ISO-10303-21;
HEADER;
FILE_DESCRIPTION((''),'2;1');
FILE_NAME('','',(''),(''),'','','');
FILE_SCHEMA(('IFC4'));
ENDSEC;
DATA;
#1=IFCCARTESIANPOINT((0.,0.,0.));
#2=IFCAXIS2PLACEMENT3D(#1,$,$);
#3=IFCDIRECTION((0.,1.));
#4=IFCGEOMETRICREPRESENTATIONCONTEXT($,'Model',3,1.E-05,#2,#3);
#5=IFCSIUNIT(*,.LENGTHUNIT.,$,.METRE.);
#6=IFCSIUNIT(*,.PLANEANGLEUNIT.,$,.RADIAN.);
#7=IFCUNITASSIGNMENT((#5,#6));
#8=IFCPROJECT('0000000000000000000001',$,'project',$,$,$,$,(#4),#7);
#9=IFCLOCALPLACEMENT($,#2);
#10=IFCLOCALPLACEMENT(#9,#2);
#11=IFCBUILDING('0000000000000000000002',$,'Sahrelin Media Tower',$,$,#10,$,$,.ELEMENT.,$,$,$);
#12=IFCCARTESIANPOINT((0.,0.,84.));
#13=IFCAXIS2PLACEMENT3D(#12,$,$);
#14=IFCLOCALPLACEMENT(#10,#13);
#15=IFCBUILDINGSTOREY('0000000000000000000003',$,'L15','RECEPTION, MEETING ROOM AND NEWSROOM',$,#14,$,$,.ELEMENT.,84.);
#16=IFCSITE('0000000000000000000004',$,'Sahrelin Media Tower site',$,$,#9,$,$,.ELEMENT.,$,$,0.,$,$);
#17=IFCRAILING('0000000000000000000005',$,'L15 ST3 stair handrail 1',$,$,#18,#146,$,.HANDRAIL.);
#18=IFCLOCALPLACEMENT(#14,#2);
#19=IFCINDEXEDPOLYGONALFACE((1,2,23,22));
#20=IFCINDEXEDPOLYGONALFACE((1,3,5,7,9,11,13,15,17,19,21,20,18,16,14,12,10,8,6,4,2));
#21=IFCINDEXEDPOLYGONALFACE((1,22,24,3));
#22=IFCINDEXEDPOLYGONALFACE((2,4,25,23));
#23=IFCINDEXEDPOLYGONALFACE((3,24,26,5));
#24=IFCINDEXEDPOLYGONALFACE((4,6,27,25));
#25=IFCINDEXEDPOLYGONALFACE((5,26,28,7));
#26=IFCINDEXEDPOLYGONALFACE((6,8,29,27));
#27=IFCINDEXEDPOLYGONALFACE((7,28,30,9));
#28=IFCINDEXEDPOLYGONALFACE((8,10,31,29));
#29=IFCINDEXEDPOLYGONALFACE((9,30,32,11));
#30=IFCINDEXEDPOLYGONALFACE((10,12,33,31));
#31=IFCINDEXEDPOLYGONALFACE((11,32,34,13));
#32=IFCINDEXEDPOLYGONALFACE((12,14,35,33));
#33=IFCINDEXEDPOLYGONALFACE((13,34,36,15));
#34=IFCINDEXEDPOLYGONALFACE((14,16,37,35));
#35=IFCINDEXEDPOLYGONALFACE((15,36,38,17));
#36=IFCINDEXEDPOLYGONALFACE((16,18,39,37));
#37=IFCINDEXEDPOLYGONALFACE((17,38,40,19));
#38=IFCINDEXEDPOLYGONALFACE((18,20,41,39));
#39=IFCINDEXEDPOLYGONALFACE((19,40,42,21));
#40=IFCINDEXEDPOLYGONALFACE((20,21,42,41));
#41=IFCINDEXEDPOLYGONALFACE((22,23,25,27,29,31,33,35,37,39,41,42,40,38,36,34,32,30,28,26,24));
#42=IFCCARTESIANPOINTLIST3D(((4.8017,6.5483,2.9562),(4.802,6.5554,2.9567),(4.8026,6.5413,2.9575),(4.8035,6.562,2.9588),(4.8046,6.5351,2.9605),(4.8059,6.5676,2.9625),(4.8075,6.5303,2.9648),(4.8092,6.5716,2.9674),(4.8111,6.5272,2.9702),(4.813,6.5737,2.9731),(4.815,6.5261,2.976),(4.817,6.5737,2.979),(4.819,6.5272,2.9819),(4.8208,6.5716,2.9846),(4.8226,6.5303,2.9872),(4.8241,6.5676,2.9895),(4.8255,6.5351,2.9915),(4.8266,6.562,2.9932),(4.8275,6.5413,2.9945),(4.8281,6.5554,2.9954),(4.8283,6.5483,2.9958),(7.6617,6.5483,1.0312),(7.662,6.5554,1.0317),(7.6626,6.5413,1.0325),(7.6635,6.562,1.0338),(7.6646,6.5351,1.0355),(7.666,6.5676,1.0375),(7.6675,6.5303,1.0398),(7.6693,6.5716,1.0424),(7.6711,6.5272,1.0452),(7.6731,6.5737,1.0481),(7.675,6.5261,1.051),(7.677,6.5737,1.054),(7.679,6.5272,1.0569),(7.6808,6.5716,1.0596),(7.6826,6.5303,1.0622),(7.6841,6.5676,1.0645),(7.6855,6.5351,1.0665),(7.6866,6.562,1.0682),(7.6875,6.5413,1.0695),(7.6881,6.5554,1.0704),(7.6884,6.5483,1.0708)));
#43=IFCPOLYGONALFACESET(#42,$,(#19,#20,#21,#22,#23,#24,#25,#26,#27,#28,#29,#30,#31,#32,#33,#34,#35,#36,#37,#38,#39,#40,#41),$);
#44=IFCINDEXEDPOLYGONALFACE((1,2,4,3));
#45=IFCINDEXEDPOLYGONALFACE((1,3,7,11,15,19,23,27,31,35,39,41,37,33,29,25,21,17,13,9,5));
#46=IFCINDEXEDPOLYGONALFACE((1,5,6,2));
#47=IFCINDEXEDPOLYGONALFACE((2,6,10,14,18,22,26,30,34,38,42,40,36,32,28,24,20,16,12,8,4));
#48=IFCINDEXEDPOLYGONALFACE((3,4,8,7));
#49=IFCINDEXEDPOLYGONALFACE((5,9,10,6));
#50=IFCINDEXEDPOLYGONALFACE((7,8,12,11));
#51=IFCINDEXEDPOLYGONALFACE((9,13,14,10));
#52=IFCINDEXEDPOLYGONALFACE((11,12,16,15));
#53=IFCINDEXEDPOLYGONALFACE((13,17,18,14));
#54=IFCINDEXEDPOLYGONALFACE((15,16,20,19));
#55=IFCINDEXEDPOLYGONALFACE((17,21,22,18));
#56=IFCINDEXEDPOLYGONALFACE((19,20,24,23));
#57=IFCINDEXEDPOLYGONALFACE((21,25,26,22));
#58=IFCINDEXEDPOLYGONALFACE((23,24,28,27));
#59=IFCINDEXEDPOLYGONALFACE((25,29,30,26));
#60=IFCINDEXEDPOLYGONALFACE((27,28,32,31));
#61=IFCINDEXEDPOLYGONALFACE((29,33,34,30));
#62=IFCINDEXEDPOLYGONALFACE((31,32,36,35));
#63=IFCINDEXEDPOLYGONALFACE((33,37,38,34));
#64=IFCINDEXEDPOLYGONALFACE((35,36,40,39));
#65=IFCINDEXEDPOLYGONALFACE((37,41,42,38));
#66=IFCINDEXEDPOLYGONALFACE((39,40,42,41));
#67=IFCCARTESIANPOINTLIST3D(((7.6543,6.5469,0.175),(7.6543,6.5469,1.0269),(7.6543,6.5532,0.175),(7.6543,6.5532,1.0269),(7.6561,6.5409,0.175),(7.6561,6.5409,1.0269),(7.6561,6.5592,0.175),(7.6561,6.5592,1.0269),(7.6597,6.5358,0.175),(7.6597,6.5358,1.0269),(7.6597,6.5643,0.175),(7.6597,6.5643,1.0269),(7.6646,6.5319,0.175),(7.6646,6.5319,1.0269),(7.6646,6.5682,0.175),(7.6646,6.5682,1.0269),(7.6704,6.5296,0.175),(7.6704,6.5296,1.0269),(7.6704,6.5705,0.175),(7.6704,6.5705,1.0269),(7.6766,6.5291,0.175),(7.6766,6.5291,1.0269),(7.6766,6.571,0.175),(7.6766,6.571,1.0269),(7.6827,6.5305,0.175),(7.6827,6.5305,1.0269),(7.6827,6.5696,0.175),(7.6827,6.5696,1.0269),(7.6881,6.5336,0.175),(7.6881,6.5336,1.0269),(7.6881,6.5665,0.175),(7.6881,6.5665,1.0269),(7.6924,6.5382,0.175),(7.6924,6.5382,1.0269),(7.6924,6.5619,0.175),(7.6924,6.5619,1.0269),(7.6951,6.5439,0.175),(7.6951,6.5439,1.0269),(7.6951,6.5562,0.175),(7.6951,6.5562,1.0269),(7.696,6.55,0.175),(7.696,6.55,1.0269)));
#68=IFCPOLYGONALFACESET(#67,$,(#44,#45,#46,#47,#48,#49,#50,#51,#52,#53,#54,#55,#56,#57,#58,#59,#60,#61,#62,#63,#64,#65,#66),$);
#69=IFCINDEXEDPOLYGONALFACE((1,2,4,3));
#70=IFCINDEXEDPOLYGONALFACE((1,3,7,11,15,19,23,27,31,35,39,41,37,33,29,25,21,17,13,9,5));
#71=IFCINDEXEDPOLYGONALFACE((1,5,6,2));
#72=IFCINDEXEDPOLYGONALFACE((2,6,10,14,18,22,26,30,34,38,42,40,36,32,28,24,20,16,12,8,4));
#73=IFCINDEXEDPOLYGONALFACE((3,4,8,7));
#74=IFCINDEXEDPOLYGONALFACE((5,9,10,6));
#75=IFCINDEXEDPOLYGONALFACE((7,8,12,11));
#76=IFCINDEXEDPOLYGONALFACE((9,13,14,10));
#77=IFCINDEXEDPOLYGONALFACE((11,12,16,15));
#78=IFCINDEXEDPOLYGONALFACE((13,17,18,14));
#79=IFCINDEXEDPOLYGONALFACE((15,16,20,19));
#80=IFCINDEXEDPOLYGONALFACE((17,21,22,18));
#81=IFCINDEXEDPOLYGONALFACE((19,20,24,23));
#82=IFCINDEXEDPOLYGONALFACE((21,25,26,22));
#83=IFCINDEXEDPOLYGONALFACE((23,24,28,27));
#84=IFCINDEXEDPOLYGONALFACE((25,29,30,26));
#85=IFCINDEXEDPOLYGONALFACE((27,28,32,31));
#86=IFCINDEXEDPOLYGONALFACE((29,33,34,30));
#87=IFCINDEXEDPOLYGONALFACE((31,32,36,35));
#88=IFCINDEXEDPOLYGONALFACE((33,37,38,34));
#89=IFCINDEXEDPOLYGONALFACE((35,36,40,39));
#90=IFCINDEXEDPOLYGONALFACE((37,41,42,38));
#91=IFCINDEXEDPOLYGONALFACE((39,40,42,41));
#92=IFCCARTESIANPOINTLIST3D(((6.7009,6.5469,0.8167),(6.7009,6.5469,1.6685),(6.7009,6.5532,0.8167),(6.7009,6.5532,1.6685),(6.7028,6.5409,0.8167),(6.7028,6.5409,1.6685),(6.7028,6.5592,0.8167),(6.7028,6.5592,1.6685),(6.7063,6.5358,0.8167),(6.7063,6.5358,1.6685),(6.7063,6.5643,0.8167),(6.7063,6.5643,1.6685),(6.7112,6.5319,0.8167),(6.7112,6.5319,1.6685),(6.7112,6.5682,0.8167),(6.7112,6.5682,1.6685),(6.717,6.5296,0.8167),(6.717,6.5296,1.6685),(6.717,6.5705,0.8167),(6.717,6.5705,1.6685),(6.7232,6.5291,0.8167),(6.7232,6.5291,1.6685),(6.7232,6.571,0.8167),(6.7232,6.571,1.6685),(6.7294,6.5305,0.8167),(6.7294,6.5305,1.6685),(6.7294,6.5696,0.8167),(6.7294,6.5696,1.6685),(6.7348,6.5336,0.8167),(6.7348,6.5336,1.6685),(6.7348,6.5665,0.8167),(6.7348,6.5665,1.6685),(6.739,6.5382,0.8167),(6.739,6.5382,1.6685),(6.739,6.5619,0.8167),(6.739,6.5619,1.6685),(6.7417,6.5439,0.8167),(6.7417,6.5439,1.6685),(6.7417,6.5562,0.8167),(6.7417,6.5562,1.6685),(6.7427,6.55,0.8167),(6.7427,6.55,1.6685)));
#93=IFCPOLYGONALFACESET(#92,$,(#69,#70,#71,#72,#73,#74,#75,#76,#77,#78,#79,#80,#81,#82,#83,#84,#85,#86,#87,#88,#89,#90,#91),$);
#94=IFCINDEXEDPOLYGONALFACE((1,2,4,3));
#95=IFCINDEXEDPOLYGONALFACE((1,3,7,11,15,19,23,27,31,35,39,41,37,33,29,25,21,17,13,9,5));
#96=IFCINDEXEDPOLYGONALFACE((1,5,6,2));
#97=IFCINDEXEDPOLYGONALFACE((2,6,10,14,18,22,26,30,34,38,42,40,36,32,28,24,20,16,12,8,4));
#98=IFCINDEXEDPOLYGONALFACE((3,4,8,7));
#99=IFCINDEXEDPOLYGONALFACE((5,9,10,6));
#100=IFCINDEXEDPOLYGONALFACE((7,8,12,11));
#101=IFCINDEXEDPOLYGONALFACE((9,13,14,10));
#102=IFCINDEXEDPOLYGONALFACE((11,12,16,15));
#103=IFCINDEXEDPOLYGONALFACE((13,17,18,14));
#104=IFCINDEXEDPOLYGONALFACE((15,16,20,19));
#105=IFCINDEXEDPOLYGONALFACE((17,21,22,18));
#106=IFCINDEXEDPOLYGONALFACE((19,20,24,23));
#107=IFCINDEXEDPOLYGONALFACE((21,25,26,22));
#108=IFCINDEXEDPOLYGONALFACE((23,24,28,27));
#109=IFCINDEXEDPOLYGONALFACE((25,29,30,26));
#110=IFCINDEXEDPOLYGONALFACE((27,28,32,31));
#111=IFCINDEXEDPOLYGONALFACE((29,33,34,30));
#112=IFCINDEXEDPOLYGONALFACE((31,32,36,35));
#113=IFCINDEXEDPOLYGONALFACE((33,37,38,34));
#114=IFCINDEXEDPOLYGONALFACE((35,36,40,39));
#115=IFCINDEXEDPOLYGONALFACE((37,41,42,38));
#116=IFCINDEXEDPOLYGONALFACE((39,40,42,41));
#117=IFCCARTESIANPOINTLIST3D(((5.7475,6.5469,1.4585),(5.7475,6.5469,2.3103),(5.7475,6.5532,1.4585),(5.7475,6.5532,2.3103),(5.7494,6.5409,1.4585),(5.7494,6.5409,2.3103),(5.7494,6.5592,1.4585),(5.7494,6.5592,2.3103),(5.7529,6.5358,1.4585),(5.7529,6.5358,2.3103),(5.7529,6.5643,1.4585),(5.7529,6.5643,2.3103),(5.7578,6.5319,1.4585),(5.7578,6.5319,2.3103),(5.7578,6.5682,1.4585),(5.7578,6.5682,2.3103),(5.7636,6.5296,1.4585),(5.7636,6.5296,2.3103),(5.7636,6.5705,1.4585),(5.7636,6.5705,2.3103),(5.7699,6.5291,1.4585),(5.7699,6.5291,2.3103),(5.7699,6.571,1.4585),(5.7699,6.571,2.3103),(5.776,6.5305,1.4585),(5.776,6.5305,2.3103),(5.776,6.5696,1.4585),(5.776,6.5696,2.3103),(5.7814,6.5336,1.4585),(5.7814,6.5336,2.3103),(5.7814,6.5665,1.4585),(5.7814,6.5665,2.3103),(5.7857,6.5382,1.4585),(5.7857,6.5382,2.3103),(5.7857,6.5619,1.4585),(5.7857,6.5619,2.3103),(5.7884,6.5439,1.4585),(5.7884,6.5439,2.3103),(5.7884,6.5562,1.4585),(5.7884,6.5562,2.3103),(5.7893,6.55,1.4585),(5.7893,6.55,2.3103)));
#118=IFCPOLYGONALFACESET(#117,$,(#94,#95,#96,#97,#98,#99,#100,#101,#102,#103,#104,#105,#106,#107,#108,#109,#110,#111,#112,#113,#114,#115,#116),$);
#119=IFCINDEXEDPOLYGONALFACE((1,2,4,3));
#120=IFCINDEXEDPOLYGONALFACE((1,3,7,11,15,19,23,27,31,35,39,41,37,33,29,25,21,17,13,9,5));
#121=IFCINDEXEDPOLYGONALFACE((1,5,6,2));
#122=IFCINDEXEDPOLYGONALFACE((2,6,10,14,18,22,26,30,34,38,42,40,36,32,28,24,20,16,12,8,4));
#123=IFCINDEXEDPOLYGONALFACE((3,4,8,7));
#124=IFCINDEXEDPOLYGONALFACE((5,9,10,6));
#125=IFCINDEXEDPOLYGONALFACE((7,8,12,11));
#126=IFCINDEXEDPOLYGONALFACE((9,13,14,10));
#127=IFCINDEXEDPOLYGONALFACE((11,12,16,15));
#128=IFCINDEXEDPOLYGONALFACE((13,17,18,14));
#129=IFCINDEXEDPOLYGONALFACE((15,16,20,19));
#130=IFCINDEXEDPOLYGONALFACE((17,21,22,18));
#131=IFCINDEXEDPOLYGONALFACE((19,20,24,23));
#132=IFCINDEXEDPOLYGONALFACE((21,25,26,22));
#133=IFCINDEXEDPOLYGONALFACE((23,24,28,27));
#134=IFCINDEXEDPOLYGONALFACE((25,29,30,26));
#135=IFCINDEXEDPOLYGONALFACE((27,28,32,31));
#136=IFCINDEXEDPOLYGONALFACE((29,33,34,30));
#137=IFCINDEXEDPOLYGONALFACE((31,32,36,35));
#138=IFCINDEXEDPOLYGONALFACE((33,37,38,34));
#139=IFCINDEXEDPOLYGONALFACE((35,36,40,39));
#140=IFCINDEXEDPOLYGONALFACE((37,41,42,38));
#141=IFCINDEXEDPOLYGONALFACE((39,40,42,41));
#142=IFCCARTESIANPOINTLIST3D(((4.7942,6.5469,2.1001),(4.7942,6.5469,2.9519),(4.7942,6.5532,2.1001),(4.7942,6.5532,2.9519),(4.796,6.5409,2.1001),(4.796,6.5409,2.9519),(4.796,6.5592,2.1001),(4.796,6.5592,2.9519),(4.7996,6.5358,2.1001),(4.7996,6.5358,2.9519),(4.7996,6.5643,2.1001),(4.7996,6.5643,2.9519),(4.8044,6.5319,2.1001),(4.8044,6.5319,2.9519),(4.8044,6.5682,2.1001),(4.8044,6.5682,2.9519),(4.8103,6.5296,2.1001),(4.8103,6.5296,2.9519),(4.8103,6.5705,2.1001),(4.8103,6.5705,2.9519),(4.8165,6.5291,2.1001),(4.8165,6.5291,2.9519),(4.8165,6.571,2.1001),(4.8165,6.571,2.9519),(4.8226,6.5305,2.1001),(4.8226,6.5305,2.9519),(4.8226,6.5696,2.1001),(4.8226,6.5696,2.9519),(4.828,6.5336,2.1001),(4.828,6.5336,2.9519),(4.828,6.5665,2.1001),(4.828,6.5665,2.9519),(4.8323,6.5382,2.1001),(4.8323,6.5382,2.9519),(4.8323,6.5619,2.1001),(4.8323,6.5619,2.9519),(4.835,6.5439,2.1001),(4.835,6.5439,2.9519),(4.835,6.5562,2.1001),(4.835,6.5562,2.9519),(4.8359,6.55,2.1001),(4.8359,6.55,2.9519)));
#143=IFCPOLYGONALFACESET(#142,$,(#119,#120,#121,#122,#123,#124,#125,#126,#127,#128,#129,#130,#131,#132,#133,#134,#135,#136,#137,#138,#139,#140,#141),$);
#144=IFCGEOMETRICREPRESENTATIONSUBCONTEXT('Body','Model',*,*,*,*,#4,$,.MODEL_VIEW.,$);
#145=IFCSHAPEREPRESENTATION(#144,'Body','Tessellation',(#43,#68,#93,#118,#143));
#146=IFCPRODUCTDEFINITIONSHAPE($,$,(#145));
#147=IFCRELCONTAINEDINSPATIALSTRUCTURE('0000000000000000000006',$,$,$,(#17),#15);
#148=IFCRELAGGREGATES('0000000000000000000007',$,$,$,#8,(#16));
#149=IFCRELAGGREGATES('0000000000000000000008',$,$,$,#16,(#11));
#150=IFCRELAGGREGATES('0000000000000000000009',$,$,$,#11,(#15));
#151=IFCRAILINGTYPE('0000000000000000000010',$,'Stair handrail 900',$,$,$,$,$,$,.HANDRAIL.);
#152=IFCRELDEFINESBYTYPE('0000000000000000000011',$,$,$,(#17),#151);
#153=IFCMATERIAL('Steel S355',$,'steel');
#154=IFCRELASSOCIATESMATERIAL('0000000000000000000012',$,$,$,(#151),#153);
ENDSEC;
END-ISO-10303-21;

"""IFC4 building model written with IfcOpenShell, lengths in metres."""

from ifc_helpers import new_model, si_unit, direction, frame, origin, origin_2d, place, context, subcontext, project, spatial, circle, extrude, material, type_object, element, save


model = new_model("IFC4")

# Units and contexts
model_context = context("Model", 3, precision=1e-05, world=origin(), true_north=direction((0.0, 1.0)))
body_context = subcontext(model_context, "Body", "Model", "MODEL_VIEW")
ifc_project = project(units=[si_unit("LENGTHUNIT", "METRE"), si_unit("PLANEANGLEUNIT", "RADIAN")], contexts=[model_context])

# Site, building, storey
site_placement = place(None, origin())
site = spatial("IfcSite", under=ifc_project, at=site_placement, Name="Sahrelin Media Tower site", CompositionType="ELEMENT", RefElevation=0.0)
building_placement = place(site_placement, origin())
building = spatial("IfcBuilding", under=site, at=building_placement, Name="Sahrelin Media Tower", CompositionType="ELEMENT")
storey_placement = place(building_placement, frame((0.0, 0.0, 84.0)))
storey = spatial("IfcBuildingStorey", under=building, at=storey_placement, Name="L15", Description="RECEPTION, MEETING ROOM AND NEWSROOM", CompositionType="ELEMENT", Elevation=84.0)

# Shared definitions
ifc_material_1 = material(Name="Steel S355", Category="steel")

# Railing
railing_type_1 = type_object("IfcRailingType", Name="Stair handrail 900", PredefinedType="HANDRAIL", material=ifc_material_1)
railing_1_placement = place(storey_placement, frame((7.675, 6.55, 0.175)))
element("IfcRailing", 1, at=railing_1_placement, inside=storey, type_object=railing_type_1, Name="L15 ST3 stair handrail 1", PredefinedType="HANDRAIL", context=body_context, shape_type="SweptSolid", body=[
    extrude(circle(Radius=0.0239, at=origin_2d()), frame((0.0, 0.0, 0.876), z_axis=(-0.829591, 0.0, 0.558372), x_axis=(0.0, -1.0, 0.0)), (0.0, 0.0, 1.0), 3.4475),
    extrude(circle(Radius=0.021, at=origin_2d()), origin(), (0.0, 0.0, 1.0), 0.8518),
    extrude(circle(Radius=0.021, at=origin_2d()), frame((-0.9534, 0.0, 0.6416)), (0.0, 0.0, 1.0), 0.8518),
    extrude(circle(Radius=0.021, at=origin_2d()), frame((-1.9067, 0.0, 1.2834)), (0.0, 0.0, 1.0), 0.8518),
    extrude(circle(Radius=0.021, at=origin_2d()), frame((-2.8601, 0.0, 1.925)), (0.0, 0.0, 1.0), 0.8518),
])

save(model, "model.ifc")
